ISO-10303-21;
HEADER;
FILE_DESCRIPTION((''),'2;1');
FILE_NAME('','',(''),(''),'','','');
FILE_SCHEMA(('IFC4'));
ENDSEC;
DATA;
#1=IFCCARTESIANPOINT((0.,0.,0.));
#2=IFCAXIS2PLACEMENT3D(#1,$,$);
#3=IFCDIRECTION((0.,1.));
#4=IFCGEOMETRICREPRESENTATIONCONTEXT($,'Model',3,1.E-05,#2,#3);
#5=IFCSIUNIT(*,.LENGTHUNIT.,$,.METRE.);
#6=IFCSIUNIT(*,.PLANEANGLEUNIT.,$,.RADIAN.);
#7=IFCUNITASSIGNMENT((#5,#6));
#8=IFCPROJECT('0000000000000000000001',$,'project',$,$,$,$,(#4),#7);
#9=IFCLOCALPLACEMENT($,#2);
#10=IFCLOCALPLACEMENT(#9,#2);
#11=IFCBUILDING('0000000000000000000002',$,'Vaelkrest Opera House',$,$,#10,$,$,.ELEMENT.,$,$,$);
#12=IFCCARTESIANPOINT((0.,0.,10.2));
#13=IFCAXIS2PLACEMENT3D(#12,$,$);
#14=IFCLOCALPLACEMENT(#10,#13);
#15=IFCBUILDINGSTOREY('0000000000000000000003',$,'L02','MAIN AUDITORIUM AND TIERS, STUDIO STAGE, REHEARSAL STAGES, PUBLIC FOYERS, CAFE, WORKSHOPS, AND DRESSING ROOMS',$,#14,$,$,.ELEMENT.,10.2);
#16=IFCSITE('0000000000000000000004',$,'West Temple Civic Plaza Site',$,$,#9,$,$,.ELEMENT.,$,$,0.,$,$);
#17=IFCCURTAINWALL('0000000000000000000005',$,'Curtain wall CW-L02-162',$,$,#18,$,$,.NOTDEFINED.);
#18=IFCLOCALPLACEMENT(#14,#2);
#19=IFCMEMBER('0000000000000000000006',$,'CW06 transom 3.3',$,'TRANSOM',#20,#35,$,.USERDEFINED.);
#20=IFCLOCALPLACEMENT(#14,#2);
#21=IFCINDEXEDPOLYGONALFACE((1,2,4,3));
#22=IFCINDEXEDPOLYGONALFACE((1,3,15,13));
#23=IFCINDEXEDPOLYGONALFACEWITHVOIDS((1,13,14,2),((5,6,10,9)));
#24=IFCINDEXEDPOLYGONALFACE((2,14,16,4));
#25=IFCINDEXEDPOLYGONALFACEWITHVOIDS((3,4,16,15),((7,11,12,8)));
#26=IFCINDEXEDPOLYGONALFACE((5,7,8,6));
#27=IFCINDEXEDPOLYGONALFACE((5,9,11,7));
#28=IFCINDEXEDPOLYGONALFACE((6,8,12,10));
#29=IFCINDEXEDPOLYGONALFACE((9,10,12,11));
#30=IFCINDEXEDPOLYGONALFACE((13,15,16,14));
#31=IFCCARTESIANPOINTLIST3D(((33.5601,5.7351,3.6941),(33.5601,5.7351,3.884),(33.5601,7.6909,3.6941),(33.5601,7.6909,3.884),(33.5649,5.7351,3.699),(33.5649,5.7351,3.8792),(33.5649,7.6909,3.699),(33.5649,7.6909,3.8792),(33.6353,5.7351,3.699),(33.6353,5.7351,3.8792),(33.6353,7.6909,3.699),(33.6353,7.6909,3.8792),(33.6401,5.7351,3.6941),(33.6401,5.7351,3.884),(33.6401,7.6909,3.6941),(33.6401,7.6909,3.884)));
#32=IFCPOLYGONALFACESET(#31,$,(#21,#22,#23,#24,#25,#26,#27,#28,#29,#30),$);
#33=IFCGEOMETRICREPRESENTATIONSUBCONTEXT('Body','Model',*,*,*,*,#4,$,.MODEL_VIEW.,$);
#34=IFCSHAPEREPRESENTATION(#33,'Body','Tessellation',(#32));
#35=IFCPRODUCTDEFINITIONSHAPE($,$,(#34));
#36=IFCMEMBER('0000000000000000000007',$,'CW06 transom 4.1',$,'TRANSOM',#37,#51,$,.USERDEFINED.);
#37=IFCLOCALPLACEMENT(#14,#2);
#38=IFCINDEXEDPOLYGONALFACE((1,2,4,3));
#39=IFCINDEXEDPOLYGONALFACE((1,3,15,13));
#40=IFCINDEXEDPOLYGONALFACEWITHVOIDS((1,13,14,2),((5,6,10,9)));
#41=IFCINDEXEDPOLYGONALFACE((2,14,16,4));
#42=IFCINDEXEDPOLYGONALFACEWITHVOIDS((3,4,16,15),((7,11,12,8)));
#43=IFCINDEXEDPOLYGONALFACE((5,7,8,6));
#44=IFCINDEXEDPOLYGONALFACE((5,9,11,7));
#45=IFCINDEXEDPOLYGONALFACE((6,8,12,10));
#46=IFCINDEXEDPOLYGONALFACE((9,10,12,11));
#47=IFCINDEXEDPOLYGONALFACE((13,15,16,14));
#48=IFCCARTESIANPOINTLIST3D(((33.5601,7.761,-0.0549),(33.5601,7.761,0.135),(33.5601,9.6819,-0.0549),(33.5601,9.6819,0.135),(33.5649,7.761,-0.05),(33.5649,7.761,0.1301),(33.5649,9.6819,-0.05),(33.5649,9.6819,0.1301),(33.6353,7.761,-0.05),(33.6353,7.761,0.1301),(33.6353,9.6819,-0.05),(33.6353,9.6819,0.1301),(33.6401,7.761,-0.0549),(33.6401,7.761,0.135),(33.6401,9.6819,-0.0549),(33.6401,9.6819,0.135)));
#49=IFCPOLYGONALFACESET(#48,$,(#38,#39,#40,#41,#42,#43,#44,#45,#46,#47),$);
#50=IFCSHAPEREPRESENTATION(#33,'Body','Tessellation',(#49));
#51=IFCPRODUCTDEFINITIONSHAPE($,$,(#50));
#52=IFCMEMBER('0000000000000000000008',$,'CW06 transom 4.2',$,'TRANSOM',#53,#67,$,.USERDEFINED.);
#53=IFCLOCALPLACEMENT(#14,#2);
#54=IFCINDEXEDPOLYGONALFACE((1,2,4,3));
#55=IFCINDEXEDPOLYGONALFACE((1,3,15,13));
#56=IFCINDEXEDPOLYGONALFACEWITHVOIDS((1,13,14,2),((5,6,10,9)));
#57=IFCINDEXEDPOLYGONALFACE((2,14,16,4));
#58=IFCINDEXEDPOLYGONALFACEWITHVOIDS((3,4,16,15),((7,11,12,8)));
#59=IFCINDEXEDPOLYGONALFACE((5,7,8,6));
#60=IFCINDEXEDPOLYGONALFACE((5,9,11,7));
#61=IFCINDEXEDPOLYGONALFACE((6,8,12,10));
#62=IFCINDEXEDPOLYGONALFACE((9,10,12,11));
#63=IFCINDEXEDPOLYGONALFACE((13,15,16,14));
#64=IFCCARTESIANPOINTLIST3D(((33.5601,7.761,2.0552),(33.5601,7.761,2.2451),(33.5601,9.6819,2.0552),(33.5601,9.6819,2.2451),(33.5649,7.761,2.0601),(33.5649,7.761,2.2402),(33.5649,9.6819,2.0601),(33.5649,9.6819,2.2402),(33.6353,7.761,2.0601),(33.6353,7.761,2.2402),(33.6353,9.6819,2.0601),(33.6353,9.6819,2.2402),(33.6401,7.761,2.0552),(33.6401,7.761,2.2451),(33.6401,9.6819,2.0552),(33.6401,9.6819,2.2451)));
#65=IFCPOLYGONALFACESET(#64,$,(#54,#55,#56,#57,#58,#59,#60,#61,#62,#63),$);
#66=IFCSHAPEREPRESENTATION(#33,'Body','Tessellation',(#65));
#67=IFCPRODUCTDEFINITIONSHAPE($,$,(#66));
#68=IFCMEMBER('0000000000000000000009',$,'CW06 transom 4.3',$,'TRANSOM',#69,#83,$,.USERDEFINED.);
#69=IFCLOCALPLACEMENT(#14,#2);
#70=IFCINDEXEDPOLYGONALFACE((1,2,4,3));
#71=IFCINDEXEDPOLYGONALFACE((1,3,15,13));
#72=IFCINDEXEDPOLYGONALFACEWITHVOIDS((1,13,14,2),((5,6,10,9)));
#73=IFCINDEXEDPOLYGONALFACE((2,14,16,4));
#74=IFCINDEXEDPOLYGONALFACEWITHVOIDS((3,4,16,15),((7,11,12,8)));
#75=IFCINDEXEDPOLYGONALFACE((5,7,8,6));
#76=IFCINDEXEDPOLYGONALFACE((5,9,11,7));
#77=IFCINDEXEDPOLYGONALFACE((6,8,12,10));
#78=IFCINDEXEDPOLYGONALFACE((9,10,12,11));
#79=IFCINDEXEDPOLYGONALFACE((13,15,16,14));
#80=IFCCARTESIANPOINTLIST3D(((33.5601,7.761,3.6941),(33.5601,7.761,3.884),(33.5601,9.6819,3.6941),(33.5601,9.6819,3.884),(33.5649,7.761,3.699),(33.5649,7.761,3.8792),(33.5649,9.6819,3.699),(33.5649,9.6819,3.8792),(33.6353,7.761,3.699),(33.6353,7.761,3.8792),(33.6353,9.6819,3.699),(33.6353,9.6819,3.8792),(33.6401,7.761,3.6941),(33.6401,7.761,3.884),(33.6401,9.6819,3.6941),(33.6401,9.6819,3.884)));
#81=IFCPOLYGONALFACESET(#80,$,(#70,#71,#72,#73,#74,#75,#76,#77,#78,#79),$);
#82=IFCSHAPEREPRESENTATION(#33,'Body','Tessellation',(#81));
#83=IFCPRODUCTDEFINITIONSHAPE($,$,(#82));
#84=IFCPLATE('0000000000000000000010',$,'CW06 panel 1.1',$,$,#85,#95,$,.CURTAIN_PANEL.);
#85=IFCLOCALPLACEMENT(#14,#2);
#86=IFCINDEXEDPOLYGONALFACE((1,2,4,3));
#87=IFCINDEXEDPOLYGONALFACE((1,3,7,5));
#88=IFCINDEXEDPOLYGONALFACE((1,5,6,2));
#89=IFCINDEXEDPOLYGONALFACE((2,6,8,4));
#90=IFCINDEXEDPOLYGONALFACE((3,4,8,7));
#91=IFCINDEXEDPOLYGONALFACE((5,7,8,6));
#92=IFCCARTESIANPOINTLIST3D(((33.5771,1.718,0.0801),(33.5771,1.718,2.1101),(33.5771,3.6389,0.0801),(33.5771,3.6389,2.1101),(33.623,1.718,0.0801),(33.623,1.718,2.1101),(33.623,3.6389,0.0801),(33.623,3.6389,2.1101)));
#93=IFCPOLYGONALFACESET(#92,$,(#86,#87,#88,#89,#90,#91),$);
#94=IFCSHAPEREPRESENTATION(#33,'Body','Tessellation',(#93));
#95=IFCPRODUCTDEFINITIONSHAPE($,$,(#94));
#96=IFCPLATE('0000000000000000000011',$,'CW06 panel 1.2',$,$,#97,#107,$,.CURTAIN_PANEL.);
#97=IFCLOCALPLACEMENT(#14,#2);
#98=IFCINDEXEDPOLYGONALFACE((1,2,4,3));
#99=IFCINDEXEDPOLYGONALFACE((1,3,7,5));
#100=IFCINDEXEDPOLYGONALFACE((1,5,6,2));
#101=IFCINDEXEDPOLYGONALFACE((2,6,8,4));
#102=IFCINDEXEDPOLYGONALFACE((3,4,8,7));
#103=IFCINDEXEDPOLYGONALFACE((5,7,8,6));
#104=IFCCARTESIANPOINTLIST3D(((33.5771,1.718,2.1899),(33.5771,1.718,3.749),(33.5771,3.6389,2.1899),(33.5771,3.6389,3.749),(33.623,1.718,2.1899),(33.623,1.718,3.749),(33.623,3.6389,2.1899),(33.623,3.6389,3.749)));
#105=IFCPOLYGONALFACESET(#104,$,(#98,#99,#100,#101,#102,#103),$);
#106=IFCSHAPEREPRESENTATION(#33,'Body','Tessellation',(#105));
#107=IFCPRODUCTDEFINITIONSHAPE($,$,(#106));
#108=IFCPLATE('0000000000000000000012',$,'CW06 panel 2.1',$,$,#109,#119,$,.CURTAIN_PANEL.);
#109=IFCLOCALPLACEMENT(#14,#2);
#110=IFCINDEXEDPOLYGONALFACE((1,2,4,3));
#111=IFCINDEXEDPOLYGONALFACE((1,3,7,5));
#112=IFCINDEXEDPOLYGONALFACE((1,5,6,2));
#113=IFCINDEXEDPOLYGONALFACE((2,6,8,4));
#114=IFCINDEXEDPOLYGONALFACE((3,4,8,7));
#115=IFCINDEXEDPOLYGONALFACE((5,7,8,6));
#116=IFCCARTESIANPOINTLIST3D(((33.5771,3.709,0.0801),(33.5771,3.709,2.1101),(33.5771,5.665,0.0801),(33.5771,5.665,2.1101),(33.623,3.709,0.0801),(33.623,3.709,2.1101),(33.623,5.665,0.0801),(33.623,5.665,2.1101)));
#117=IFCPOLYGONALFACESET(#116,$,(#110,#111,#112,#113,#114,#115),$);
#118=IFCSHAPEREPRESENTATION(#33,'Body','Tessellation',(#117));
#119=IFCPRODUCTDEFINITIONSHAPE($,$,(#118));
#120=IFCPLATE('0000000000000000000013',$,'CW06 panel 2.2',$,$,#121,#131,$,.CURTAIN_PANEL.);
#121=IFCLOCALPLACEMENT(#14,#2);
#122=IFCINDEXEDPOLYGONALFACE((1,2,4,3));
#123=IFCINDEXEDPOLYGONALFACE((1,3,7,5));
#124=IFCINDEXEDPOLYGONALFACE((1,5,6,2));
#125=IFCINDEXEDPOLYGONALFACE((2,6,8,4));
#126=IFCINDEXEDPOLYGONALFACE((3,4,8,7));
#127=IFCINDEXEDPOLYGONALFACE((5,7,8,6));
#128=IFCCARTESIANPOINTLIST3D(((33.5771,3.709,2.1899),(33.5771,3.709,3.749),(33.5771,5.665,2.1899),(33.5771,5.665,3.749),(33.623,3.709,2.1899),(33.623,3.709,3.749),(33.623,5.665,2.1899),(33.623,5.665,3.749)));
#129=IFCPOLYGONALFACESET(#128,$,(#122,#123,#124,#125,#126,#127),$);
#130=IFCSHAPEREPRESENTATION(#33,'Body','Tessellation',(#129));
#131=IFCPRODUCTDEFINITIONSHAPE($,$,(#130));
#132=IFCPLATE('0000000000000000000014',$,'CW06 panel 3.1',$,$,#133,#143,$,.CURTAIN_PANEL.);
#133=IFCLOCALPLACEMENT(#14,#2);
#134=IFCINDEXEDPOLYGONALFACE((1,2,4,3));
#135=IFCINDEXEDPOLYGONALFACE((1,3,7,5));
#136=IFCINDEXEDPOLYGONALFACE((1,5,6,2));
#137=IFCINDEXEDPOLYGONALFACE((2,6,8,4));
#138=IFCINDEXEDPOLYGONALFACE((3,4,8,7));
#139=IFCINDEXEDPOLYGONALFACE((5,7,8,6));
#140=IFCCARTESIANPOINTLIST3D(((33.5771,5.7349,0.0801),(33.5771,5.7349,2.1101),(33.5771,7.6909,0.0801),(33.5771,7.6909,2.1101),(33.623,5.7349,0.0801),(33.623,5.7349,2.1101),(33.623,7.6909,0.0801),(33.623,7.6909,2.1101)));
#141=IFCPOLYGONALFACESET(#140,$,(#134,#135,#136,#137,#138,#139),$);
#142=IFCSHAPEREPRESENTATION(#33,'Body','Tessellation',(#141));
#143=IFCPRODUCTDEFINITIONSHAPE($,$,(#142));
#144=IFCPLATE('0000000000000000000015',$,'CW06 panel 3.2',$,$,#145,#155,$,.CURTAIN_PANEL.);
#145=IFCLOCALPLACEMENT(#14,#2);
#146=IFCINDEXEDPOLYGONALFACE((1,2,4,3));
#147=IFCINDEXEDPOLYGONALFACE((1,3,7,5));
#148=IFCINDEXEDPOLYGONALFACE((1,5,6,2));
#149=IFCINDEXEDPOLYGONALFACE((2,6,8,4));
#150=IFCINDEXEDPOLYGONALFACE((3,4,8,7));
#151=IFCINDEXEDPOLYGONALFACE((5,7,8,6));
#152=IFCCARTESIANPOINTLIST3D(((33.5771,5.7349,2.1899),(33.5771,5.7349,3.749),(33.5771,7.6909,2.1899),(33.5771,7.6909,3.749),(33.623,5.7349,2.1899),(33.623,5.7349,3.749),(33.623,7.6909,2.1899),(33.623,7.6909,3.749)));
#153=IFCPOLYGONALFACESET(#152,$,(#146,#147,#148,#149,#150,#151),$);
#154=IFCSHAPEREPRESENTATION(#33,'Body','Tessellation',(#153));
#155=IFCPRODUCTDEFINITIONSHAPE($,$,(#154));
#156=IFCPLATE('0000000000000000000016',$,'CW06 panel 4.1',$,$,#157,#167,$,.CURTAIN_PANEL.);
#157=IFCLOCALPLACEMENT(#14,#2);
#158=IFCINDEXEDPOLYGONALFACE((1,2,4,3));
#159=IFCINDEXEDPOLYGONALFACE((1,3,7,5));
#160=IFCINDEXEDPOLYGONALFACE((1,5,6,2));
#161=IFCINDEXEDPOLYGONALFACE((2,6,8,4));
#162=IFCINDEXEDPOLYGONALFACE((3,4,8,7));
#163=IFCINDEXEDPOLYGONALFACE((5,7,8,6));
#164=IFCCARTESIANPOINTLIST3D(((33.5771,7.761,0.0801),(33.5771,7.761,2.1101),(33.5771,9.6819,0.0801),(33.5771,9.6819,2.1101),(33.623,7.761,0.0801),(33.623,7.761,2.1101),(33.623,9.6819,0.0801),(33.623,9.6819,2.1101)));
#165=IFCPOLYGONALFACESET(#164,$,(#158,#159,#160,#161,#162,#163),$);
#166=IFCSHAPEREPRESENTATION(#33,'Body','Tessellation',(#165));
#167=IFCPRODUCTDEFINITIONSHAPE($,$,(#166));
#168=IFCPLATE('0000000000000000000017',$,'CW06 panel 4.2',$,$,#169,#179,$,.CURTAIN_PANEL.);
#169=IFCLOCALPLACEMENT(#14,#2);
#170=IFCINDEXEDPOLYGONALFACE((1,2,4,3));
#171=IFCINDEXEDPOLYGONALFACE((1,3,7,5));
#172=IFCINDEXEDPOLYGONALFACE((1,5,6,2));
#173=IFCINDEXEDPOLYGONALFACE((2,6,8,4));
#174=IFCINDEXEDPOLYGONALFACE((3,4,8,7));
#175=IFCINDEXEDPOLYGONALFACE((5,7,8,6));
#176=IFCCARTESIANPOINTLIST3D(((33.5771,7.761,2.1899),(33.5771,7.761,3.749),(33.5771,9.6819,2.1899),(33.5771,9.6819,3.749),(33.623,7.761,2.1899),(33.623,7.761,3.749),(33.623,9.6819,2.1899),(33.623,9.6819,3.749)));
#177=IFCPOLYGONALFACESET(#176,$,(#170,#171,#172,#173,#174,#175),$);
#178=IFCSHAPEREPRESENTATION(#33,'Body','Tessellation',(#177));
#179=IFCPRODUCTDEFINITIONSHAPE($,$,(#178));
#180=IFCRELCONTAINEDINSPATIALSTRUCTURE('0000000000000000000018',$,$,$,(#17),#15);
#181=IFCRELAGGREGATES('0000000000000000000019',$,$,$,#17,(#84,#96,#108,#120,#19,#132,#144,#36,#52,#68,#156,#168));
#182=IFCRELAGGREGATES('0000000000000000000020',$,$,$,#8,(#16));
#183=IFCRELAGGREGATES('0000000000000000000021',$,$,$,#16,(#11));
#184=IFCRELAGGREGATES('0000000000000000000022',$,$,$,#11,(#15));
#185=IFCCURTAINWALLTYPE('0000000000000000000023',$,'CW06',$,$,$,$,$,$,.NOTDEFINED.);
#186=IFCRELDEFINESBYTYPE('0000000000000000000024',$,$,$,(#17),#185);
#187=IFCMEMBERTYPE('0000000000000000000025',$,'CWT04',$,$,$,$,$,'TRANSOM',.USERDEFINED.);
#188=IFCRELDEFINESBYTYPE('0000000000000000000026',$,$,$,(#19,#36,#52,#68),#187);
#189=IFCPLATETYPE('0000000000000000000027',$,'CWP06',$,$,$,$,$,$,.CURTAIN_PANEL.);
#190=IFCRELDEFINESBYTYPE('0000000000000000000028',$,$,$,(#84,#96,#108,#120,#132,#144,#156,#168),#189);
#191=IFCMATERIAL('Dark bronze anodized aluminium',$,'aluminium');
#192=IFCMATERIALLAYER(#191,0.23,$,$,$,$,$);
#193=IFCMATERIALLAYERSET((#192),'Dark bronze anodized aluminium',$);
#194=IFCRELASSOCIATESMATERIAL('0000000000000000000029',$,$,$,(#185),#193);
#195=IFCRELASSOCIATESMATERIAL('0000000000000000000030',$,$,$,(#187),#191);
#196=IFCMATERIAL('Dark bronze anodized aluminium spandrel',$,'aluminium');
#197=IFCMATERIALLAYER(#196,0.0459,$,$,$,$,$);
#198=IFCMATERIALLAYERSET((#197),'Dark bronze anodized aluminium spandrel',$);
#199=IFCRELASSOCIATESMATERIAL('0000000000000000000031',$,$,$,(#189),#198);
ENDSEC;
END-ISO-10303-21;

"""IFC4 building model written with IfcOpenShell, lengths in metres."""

from ifc_helpers import new_model, si_unit, direction, frame, origin, origin_2d, place, context, subcontext, project, spatial, rectangle, hollow_rectangle, extrude, material, layer, layer_set, material_profile, profile_set, type_object, element, aggregate, save


model = new_model("IFC4")

# Units and contexts
model_context = context("Model", 3, precision=1e-05, world=origin(), true_north=direction((0.0, 1.0)))
body_context = subcontext(model_context, "Body", "Model", "MODEL_VIEW")
ifc_project = project(units=[si_unit("LENGTHUNIT", "METRE"), si_unit("PLANEANGLEUNIT", "RADIAN")], contexts=[model_context])

# Site, building, storey
site_placement = place(None, origin())
site = spatial("IfcSite", under=ifc_project, at=site_placement, Name="West Temple Civic Plaza Site", CompositionType="ELEMENT", RefElevation=0.0)
building_placement = place(site_placement, origin())
building = spatial("IfcBuilding", under=site, at=building_placement, Name="Vaelkrest Opera House", CompositionType="ELEMENT")
storey_placement = place(building_placement, frame((0.0, 0.0, 10.2)))
storey = spatial("IfcBuildingStorey", under=building, at=storey_placement, Name="L02", Description="MAIN AUDITORIUM AND TIERS, STUDIO STAGE, REHEARSAL STAGES, PUBLIC FOYERS, CAFE, WORKSHOPS, AND DRESSING ROOMS", CompositionType="ELEMENT", Elevation=10.2)

# Curtain wall, members, plates
ifc_material_1 = material(Name="Dark bronze anodized aluminium", Category="aluminium")
ifc_layer_1 = layer(ifc_material_1, 0.23)
ifc_layer_set_1 = layer_set([ifc_layer_1], Name="Dark bronze anodized aluminium")
curtain_wall_type = type_object("IfcCurtainWallType", Name="CW06", PredefinedType="NOTDEFINED", material=ifc_layer_set_1)
curtain_wall_placement = place(storey_placement, origin())
curtain_wall = element("IfcCurtainWall", 1, at=curtain_wall_placement, inside=storey, type_object=curtain_wall_type, Name="Curtain wall CW-L02-162", PredefinedType="NOTDEFINED")
ifc_material_profile_1 = material_profile(ifc_material_1, hollow_rectangle(XDim=0.0801, YDim=0.1899, WallThickness=0.0049, at=origin_2d()), Name="CWT80X190")
ifc_profile_set_1 = profile_set([ifc_material_profile_1], Name="Dark bronze anodized aluminium")
member_type_1 = type_object("IfcMemberType", Name="CWT04", ElementType="TRANSOM", PredefinedType="USERDEFINED", material=ifc_profile_set_1)
member_1_placement = place(storey_placement, frame((33.6001, 5.7351, 3.7891), z_axis=(0.0, 1.0, 0.0), x_axis=(-1.0, 0.0, 0.0)))
member_1 = element("IfcMember", 2, at=member_1_placement, type_object=member_type_1, Name="CW06 transom 3.3", ObjectType="TRANSOM", PredefinedType="USERDEFINED", context=body_context, shape_type="SweptSolid", body=[
    extrude(hollow_rectangle(XDim=0.0801, YDim=0.1899, WallThickness=0.0049, at=origin_2d()), origin(), (0.0, 0.0, 1.0), 1.9558),
])
member_2_placement = place(storey_placement, frame((33.6001, 7.761, 0.04), z_axis=(0.0, 1.0, 0.0), x_axis=(-1.0, 0.0, 0.0)))
member_2 = element("IfcMember", 3, at=member_2_placement, type_object=member_type_1, Name="CW06 transom 4.1", ObjectType="TRANSOM", PredefinedType="USERDEFINED", context=body_context, shape_type="SweptSolid", body=[
    extrude(hollow_rectangle(XDim=0.0801, YDim=0.1899, WallThickness=0.0049, at=origin_2d()), origin(), (0.0, 0.0, 1.0), 1.9209),
])
member_3_placement = place(storey_placement, frame((33.6001, 7.761, 2.1501), z_axis=(0.0, 1.0, 0.0), x_axis=(-1.0, 0.0, 0.0)))
member_3 = element("IfcMember", 4, at=member_3_placement, type_object=member_type_1, Name="CW06 transom 4.2", ObjectType="TRANSOM", PredefinedType="USERDEFINED", context=body_context, shape_type="SweptSolid", body=[
    extrude(hollow_rectangle(XDim=0.0801, YDim=0.1899, WallThickness=0.0049, at=origin_2d()), origin(), (0.0, 0.0, 1.0), 1.9209),
])
member_4_placement = place(storey_placement, frame((33.6001, 7.761, 3.7891), z_axis=(0.0, 1.0, 0.0), x_axis=(-1.0, 0.0, 0.0)))
member_4 = element("IfcMember", 5, at=member_4_placement, type_object=member_type_1, Name="CW06 transom 4.3", ObjectType="TRANSOM", PredefinedType="USERDEFINED", context=body_context, shape_type="SweptSolid", body=[
    extrude(hollow_rectangle(XDim=0.0801, YDim=0.1899, WallThickness=0.0049, at=origin_2d()), origin(), (0.0, 0.0, 1.0), 1.9209),
])
ifc_material_2 = material(Name="Dark bronze anodized aluminium spandrel", Category="aluminium")
ifc_layer_2 = layer(ifc_material_2, 0.0459)
ifc_layer_set_2 = layer_set([ifc_layer_2], Name="Dark bronze anodized aluminium spandrel")
plate_type = type_object("IfcPlateType", Name="CWP06", PredefinedType="CURTAIN_PANEL", material=ifc_layer_set_2)
plate_1_placement = place(storey_placement, frame((33.6001, 2.6785, 0.0801), z_axis=(0.0, 0.0, 1.0), x_axis=(0.0, 1.0, 0.0)))
plate_1 = element("IfcPlate", 6, at=plate_1_placement, type_object=plate_type, Name="CW06 panel 1.1", PredefinedType="CURTAIN_PANEL", context=body_context, shape_type="SweptSolid", body=[
    extrude(rectangle(XDim=1.9209, YDim=0.0459, at=origin_2d()), origin(), (0.0, 0.0, 1.0), 2.03),
])
plate_2_placement = place(storey_placement, frame((33.6001, 2.6785, 2.1899), z_axis=(0.0, 0.0, 1.0), x_axis=(0.0, 1.0, 0.0)))
plate_2 = element("IfcPlate", 7, at=plate_2_placement, type_object=plate_type, Name="CW06 panel 1.2", PredefinedType="CURTAIN_PANEL", context=body_context, shape_type="SweptSolid", body=[
    extrude(rectangle(XDim=1.9209, YDim=0.0459, at=origin_2d()), origin(), (0.0, 0.0, 1.0), 1.5591),
])
plate_3_placement = place(storey_placement, frame((33.6001, 4.687, 0.0801), z_axis=(0.0, 0.0, 1.0), x_axis=(0.0, 1.0, 0.0)))
plate_3 = element("IfcPlate", 8, at=plate_3_placement, type_object=plate_type, Name="CW06 panel 2.1", PredefinedType="CURTAIN_PANEL", context=body_context, shape_type="SweptSolid", body=[
    extrude(rectangle(XDim=1.9561, YDim=0.0459, at=origin_2d()), origin(), (0.0, 0.0, 1.0), 2.03),
])
plate_4_placement = place(storey_placement, frame((33.6001, 4.687, 2.1899), z_axis=(0.0, 0.0, 1.0), x_axis=(0.0, 1.0, 0.0)))
plate_4 = element("IfcPlate", 9, at=plate_4_placement, type_object=plate_type, Name="CW06 panel 2.2", PredefinedType="CURTAIN_PANEL", context=body_context, shape_type="SweptSolid", body=[
    extrude(rectangle(XDim=1.9561, YDim=0.0459, at=origin_2d()), origin(), (0.0, 0.0, 1.0), 1.5591),
])
plate_5_placement = place(storey_placement, frame((33.6001, 6.7129, 0.0801), z_axis=(0.0, 0.0, 1.0), x_axis=(0.0, 1.0, 0.0)))
plate_5 = element("IfcPlate", 10, at=plate_5_placement, type_object=plate_type, Name="CW06 panel 3.1", PredefinedType="CURTAIN_PANEL", context=body_context, shape_type="SweptSolid", body=[
    extrude(rectangle(XDim=1.9561, YDim=0.0459, at=origin_2d()), origin(), (0.0, 0.0, 1.0), 2.03),
])
plate_6_placement = place(storey_placement, frame((33.6001, 6.7129, 2.1899), z_axis=(0.0, 0.0, 1.0), x_axis=(0.0, 1.0, 0.0)))
plate_6 = element("IfcPlate", 11, at=plate_6_placement, type_object=plate_type, Name="CW06 panel 3.2", PredefinedType="CURTAIN_PANEL", context=body_context, shape_type="SweptSolid", body=[
    extrude(rectangle(XDim=1.9561, YDim=0.0459, at=origin_2d()), origin(), (0.0, 0.0, 1.0), 1.5591),
])
plate_7_placement = place(storey_placement, frame((33.6001, 8.7214, 0.0801), z_axis=(0.0, 0.0, 1.0), x_axis=(0.0, 1.0, 0.0)))
plate_7 = element("IfcPlate", 12, at=plate_7_placement, type_object=plate_type, Name="CW06 panel 4.1", PredefinedType="CURTAIN_PANEL", context=body_context, shape_type="SweptSolid", body=[
    extrude(rectangle(XDim=1.9209, YDim=0.0459, at=origin_2d()), origin(), (0.0, 0.0, 1.0), 2.03),
])
plate_8_placement = place(storey_placement, frame((33.6001, 8.7214, 2.1899), z_axis=(0.0, 0.0, 1.0), x_axis=(0.0, 1.0, 0.0)))
plate_8 = element("IfcPlate", 13, at=plate_8_placement, type_object=plate_type, Name="CW06 panel 4.2", PredefinedType="CURTAIN_PANEL", context=body_context, shape_type="SweptSolid", body=[
    extrude(rectangle(XDim=1.9209, YDim=0.0459, at=origin_2d()), origin(), (0.0, 0.0, 1.0), 1.5591),
])
aggregate(curtain_wall, [plate_1, plate_2, plate_3, plate_4, member_1, plate_5, plate_6, member_2, member_3, member_4, plate_7, plate_8])

save(model, "model.ifc")
